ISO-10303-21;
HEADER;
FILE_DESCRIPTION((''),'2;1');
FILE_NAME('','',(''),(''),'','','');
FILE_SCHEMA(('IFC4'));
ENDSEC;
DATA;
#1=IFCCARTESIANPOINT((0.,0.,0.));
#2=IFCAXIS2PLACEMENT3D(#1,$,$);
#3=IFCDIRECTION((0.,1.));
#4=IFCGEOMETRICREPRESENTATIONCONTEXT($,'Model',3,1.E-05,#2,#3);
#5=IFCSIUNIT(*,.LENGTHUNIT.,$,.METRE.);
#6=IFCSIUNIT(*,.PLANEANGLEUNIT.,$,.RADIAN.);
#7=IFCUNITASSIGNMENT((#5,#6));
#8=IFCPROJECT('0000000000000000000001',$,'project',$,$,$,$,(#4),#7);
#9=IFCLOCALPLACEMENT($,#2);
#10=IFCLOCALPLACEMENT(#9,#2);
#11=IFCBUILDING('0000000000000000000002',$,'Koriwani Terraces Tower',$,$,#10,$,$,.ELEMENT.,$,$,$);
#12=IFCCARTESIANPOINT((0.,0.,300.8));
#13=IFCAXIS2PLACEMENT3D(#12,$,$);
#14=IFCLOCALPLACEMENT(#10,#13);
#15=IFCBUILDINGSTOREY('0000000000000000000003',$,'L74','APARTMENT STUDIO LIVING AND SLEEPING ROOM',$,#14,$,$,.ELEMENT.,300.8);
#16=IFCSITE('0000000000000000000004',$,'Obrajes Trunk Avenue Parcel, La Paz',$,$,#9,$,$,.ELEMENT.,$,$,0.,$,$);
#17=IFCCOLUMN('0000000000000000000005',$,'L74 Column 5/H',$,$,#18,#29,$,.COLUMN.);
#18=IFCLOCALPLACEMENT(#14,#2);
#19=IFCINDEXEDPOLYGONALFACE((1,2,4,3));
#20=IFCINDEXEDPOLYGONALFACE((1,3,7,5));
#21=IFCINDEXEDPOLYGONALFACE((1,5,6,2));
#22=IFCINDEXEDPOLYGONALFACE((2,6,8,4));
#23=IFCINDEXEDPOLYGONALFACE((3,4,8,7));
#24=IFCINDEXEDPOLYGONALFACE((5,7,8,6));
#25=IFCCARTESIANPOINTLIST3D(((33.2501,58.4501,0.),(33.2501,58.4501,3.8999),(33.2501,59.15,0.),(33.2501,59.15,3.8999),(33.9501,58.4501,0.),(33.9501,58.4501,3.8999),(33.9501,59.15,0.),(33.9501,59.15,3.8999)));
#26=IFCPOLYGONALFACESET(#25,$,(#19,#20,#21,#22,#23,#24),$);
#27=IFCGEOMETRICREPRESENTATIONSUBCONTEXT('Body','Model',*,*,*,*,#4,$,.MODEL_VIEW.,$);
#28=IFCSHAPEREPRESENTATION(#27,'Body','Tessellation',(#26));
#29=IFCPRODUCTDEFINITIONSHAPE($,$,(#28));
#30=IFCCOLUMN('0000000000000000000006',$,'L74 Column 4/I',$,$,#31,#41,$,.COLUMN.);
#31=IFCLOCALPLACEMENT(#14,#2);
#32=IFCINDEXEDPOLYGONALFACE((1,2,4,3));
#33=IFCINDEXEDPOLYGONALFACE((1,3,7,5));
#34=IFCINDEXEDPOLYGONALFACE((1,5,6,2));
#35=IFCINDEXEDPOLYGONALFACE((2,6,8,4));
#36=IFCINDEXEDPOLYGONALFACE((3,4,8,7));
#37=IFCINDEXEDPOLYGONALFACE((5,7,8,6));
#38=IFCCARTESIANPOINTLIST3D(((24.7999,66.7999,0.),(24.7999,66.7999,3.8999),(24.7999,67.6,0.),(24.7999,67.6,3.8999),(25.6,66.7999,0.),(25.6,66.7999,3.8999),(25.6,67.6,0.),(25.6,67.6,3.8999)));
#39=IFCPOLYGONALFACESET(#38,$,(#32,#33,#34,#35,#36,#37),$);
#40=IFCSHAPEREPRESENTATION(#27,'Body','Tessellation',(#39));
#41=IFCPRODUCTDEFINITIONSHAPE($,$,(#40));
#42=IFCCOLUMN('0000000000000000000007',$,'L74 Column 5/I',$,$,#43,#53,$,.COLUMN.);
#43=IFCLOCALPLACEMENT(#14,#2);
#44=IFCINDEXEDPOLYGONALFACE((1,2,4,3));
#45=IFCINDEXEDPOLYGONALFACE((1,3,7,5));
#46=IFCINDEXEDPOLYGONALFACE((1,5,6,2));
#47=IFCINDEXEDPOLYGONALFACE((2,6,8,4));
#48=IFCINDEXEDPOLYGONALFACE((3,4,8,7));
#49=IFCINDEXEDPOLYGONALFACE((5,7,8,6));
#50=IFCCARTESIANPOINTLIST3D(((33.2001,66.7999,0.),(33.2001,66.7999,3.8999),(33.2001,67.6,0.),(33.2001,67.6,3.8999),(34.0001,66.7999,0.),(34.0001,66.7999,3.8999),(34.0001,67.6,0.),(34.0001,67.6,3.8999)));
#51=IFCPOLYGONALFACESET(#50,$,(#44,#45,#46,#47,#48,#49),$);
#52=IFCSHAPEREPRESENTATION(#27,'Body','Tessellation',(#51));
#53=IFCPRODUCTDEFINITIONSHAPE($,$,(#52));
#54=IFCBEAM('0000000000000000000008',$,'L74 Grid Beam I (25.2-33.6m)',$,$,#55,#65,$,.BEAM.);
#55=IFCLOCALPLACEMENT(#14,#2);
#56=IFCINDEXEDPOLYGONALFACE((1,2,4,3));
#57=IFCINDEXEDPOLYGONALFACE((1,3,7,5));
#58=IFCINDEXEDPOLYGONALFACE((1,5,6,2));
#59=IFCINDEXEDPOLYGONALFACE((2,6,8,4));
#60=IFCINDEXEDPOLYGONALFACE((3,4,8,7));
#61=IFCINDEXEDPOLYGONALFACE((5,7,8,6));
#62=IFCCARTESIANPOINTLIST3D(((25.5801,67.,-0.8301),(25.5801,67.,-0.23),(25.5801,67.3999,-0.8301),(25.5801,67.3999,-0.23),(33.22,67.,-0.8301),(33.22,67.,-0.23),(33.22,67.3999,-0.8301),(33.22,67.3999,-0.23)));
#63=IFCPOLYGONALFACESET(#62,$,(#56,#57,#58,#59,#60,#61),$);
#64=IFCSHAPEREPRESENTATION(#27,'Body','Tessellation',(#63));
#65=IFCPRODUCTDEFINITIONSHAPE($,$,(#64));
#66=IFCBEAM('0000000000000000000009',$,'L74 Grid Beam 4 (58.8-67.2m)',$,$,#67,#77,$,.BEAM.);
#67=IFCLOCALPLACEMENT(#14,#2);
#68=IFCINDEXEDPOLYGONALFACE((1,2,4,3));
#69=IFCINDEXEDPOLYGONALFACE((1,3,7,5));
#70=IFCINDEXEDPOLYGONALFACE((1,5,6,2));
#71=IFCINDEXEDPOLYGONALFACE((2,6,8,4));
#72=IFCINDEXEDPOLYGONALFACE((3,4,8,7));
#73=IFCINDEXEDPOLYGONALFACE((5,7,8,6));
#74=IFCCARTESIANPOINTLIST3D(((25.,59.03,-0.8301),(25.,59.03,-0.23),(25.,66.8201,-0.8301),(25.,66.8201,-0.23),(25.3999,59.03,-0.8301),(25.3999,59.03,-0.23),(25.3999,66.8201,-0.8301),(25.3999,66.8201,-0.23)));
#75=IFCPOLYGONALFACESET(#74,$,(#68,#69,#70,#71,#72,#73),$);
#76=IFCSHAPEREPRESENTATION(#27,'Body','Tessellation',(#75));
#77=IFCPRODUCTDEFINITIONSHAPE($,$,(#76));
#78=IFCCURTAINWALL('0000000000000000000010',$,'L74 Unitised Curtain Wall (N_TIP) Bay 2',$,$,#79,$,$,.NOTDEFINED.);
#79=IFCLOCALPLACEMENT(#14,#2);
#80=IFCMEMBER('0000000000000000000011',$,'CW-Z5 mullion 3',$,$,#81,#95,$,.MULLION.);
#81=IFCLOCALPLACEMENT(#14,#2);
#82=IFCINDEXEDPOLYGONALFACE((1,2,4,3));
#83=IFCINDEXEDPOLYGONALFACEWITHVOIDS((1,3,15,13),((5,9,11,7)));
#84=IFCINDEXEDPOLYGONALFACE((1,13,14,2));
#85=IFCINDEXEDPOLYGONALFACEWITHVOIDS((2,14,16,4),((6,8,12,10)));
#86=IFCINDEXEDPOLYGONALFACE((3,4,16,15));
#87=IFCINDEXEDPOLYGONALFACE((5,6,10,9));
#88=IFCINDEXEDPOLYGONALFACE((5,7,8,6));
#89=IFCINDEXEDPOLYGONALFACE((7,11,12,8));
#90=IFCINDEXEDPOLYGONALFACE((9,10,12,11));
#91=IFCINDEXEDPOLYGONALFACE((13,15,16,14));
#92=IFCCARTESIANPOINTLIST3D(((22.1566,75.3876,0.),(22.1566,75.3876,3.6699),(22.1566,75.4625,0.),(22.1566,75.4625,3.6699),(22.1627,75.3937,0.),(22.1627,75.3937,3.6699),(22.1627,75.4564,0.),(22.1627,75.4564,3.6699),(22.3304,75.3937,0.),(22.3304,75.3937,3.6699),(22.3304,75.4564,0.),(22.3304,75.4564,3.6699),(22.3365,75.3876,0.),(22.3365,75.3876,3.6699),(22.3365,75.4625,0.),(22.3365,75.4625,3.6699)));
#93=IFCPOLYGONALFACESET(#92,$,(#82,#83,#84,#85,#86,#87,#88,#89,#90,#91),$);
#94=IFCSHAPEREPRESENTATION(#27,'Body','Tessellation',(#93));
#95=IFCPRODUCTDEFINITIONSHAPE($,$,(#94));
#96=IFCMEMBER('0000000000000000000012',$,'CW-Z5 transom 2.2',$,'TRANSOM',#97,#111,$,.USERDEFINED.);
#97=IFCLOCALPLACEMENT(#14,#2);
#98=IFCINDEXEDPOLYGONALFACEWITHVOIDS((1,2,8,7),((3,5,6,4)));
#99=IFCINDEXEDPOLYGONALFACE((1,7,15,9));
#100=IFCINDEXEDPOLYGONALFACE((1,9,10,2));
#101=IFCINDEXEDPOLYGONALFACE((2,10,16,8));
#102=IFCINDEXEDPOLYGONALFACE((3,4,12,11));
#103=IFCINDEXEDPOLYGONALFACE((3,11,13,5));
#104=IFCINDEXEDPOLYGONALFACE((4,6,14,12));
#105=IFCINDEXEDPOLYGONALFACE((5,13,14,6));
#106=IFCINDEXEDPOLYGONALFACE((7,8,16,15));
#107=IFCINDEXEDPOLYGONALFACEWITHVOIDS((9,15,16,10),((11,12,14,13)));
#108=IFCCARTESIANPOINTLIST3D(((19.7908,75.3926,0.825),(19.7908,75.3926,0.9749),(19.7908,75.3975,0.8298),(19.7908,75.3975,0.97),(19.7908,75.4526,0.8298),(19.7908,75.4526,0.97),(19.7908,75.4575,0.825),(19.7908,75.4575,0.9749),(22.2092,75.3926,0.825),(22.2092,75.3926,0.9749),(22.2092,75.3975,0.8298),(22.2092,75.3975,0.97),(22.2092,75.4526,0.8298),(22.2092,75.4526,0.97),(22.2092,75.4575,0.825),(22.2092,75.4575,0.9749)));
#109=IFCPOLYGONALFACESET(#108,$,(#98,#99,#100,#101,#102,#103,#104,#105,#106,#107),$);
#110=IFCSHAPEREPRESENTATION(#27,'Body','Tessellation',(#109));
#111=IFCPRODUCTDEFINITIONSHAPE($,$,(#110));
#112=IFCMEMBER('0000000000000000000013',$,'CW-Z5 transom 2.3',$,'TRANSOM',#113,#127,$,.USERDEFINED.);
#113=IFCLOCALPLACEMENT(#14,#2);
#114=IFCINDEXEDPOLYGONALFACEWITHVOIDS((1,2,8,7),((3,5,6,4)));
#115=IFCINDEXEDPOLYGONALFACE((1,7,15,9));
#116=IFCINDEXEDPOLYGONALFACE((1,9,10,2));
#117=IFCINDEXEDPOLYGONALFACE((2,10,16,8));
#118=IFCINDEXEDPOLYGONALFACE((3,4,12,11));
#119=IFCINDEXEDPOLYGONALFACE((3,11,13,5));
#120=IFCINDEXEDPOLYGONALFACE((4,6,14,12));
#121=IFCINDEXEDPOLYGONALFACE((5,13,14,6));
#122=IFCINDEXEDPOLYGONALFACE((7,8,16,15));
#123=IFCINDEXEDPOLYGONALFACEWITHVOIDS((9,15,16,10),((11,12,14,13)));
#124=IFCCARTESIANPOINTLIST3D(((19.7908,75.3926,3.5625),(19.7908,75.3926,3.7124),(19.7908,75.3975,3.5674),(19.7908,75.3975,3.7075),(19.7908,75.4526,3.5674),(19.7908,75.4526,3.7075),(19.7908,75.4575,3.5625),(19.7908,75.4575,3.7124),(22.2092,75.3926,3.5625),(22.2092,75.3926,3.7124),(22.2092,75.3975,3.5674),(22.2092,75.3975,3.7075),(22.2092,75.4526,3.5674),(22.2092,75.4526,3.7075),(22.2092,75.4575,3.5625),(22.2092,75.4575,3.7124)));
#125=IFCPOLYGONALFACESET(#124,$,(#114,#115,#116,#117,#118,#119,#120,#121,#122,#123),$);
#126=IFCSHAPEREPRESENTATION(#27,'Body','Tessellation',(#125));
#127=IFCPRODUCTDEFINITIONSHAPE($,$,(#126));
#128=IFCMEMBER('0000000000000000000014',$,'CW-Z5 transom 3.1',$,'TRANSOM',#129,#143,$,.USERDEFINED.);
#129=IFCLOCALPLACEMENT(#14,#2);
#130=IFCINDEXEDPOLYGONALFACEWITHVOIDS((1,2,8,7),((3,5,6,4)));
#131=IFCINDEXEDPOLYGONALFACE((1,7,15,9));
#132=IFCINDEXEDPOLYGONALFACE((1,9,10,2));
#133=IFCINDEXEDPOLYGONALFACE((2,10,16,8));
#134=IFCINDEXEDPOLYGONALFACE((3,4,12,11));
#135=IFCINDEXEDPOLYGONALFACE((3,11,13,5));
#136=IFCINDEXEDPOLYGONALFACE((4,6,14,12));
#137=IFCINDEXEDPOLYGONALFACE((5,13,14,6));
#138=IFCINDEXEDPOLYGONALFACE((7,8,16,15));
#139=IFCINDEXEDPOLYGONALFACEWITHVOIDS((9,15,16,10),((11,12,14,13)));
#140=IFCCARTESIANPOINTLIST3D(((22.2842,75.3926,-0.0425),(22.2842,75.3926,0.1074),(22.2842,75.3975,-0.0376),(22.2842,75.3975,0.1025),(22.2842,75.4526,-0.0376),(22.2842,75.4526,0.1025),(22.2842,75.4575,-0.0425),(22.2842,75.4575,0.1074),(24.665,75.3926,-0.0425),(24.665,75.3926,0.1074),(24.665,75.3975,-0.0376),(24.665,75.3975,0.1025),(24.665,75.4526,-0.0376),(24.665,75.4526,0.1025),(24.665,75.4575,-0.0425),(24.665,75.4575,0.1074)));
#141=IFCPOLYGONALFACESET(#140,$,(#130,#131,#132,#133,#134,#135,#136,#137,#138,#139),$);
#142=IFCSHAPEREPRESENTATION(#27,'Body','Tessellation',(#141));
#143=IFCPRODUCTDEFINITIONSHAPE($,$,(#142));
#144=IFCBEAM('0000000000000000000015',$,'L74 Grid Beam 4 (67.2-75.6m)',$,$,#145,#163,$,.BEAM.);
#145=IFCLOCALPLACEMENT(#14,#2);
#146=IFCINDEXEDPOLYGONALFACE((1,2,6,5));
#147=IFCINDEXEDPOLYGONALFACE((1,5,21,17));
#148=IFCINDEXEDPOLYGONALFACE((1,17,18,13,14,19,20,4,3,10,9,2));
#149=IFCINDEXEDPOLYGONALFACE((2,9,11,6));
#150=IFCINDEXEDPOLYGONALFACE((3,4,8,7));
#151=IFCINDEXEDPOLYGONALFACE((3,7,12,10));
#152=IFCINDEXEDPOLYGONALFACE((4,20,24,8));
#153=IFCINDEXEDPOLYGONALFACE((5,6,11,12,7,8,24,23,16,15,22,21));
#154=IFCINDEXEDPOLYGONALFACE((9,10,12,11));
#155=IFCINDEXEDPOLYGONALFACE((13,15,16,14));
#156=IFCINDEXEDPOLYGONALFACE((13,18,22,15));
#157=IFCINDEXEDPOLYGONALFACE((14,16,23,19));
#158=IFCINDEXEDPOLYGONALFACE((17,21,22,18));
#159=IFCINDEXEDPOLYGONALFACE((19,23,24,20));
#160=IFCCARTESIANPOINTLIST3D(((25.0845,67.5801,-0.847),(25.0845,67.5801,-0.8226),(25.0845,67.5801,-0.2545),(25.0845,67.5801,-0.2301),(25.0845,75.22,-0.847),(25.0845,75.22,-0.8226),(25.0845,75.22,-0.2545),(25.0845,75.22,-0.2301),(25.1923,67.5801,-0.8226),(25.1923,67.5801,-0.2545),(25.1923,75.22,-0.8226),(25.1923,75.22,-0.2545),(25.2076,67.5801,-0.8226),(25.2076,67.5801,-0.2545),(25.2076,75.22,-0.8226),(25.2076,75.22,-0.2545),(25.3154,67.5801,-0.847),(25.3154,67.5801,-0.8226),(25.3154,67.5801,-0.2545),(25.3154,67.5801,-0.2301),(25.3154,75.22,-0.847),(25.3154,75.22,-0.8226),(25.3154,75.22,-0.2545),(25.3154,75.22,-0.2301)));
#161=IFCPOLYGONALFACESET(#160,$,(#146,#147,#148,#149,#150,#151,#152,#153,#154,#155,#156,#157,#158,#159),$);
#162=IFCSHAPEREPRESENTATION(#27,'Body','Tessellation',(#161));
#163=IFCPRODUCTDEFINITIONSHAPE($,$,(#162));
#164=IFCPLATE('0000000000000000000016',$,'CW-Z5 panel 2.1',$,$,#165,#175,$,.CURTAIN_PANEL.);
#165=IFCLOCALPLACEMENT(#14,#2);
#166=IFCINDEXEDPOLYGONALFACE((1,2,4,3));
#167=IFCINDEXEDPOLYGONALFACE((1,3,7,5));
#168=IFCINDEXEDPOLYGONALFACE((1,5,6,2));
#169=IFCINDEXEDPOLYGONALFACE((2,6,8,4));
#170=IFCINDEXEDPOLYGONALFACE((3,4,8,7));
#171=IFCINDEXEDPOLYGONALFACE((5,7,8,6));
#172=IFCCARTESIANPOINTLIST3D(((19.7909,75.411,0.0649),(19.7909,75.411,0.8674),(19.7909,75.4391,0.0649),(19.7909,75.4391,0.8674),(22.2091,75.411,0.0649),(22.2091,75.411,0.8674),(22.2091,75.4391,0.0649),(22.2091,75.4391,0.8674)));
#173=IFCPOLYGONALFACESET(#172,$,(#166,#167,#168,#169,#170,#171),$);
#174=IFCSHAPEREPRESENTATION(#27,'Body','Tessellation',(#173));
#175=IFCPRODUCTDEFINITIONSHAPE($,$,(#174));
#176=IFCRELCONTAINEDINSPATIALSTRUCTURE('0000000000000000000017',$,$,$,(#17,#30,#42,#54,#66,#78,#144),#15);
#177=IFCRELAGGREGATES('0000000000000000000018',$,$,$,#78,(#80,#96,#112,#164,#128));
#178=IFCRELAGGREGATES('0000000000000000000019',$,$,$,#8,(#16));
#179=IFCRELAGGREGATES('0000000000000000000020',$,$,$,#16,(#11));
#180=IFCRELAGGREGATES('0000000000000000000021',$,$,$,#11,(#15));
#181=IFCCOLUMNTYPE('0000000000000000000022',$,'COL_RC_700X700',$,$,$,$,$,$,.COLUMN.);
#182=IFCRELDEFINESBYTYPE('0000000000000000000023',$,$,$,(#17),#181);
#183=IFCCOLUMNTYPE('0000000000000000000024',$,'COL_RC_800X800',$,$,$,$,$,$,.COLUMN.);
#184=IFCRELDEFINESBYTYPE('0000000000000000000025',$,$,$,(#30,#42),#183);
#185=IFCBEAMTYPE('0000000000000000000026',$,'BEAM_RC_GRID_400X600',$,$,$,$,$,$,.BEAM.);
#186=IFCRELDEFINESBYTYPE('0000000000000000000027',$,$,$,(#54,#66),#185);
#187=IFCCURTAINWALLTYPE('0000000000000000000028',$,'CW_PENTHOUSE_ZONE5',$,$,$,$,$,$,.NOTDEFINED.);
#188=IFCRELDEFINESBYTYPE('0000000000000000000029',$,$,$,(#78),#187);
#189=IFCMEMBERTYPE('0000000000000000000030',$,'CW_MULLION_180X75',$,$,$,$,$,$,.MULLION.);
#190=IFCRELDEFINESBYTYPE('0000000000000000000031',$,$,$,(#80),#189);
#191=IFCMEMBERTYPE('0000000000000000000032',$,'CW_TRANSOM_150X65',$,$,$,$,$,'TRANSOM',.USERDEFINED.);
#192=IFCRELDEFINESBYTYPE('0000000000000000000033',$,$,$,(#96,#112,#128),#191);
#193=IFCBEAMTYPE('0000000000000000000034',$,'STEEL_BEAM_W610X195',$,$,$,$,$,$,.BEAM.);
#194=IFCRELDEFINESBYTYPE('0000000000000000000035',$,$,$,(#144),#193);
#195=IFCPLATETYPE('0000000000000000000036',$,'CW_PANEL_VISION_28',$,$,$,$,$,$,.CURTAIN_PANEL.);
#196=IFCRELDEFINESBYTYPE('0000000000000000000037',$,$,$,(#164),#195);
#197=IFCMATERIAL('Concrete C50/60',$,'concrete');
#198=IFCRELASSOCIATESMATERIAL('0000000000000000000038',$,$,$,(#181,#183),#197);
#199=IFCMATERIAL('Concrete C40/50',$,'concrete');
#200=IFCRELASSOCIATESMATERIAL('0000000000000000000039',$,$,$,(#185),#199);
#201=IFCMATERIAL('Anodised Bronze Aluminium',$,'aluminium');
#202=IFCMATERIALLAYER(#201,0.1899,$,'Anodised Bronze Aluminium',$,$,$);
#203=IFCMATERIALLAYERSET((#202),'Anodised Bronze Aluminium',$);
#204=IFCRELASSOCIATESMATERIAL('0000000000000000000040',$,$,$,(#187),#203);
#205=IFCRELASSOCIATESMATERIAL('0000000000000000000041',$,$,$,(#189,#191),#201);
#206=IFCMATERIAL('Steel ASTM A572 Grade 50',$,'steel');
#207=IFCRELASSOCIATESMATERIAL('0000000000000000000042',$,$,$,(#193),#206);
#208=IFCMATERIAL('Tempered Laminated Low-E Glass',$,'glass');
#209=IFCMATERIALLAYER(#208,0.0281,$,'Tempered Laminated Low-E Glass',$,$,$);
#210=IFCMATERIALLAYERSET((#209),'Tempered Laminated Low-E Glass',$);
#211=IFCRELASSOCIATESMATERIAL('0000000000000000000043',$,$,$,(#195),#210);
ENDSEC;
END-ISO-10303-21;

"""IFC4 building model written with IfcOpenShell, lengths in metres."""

from ifc_helpers import new_model, si_unit, direction, frame, origin, origin_2d, place, context, subcontext, project, spatial, rectangle, hollow_rectangle, i_section, extrude, material, layer, layer_set, material_profile, profile_set, type_object, element, aggregate, save


model = new_model("IFC4")

# Units and contexts
model_context = context("Model", 3, precision=1e-05, world=origin(), true_north=direction((0.0, 1.0)))
body_context = subcontext(model_context, "Body", "Model", "MODEL_VIEW")
ifc_project = project(units=[si_unit("LENGTHUNIT", "METRE"), si_unit("PLANEANGLEUNIT", "RADIAN")], contexts=[model_context])

# Site, building, storey
site_placement = place(None, origin())
site = spatial("IfcSite", under=ifc_project, at=site_placement, Name="Obrajes Trunk Avenue Parcel, La Paz", CompositionType="ELEMENT", RefElevation=0.0)
building_placement = place(site_placement, origin())
building = spatial("IfcBuilding", under=site, at=building_placement, Name="Koriwani Terraces Tower", CompositionType="ELEMENT")
storey_placement = place(building_placement, frame((0.0, 0.0, 300.8)))
storey = spatial("IfcBuildingStorey", under=building, at=storey_placement, Name="L74", Description="APARTMENT STUDIO LIVING AND SLEEPING ROOM", CompositionType="ELEMENT", Elevation=300.8)

# Columns
ifc_material_1 = material(Name="Concrete C50/60", Category="concrete")
ifc_material_profile_1 = material_profile(ifc_material_1, rectangle(XDim=0.7, YDim=0.7, at=origin_2d()), Name="Concrete C50/60", Category="LoadBearing")
ifc_profile_set_1 = profile_set([ifc_material_profile_1], Name="Concrete C50/60")
column_type_1 = type_object("IfcColumnType", Name="COL_RC_700X700", PredefinedType="COLUMN", material=ifc_profile_set_1)
column_placement = place(storey_placement, frame((33.6001, 58.8, 0.0), z_axis=(0.0, 0.0, 1.0), x_axis=(1.0, 0.0, 0.0)))
element("IfcColumn", 1, at=column_placement, inside=storey, type_object=column_type_1, Name="L74 Column 5/H", PredefinedType="COLUMN", context=body_context, shape_type="SweptSolid", body=[
    extrude(rectangle(XDim=0.7, YDim=0.7, at=origin_2d()), origin(), (0.0, 0.0, 1.0), 3.8999),
])
ifc_material_profile_2 = material_profile(ifc_material_1, rectangle(XDim=0.8, YDim=0.8, at=origin_2d()), Name="Concrete C50/60", Category="LoadBearing")
ifc_profile_set_2 = profile_set([ifc_material_profile_2], Name="Concrete C50/60")
column_type_2 = type_object("IfcColumnType", Name="COL_RC_800X800", PredefinedType="COLUMN", material=ifc_profile_set_2)
for number, where, z_axis, x_axis, name in (
    (2, (25.2, 67.2, 0.0), (0.0, 0.0, 1.0), (1.0, 0.0, 0.0), "L74 Column 4/I"),
    (3, (33.6001, 67.2, 0.0), (0.0, 0.0, 1.0), (1.0, 0.0, 0.0), "L74 Column 5/I"),
):
    element("IfcColumn", number, at=place(storey_placement, frame(where, z_axis=z_axis, x_axis=x_axis)), inside=storey, type_object=column_type_2, Name=name, PredefinedType="COLUMN", context=body_context, shape_type="SweptSolid", body=[
        extrude(rectangle(XDim=0.8, YDim=0.8, at=origin_2d()), origin(), (0.0, 0.0, 1.0), 3.8999),
    ])

# Beams
ifc_material_2 = material(Name="Concrete C40/50", Category="concrete")
ifc_material_profile_3 = material_profile(ifc_material_2, rectangle(XDim=0.3999, YDim=0.6001, at=origin_2d()), Name="Concrete C40/50", Category="LoadBearing")
ifc_profile_set_3 = profile_set([ifc_material_profile_3], Name="Concrete C40/50")
beam_type_1 = type_object("IfcBeamType", Name="BEAM_RC_GRID_400X600", PredefinedType="BEAM", material=ifc_profile_set_3)
beam_1_placement = place(storey_placement, frame((25.5801, 67.2, -0.53), z_axis=(1.0, 0.0, 0.0), x_axis=(0.0, 1.0, 0.0)))
element("IfcBeam", 4, at=beam_1_placement, inside=storey, type_object=beam_type_1, Name="L74 Grid Beam I (25.2-33.6m)", PredefinedType="BEAM", context=body_context, shape_type="SweptSolid", body=[
    extrude(rectangle(XDim=0.3999, YDim=0.6001, at=origin_2d()), origin(), (0.0, 0.0, 1.0), 7.6399),
])
beam_2_placement = place(storey_placement, frame((25.2, 59.03, -0.53), z_axis=(0.0, 1.0, 0.0), x_axis=(-1.0, 0.0, 0.0)))
element("IfcBeam", 5, at=beam_2_placement, inside=storey, type_object=beam_type_1, Name="L74 Grid Beam 4 (58.8-67.2m)", PredefinedType="BEAM", context=body_context, shape_type="SweptSolid", body=[
    extrude(rectangle(XDim=0.3999, YDim=0.6001, at=origin_2d()), origin(), (0.0, 0.0, 1.0), 7.79),
])

# Curtain wall, members
ifc_material_3 = material(Name="Anodised Bronze Aluminium", Category="aluminium")
ifc_layer_1 = layer(ifc_material_3, 0.1899, Name="Anodised Bronze Aluminium")
ifc_layer_set_1 = layer_set([ifc_layer_1], Name="Anodised Bronze Aluminium")
curtain_wall_type = type_object("IfcCurtainWallType", Name="CW_PENTHOUSE_ZONE5", PredefinedType="NOTDEFINED", material=ifc_layer_set_1)
curtain_wall_placement = place(storey_placement, origin())
curtain_wall = element("IfcCurtainWall", 6, at=curtain_wall_placement, inside=storey, type_object=curtain_wall_type, Name="L74 Unitised Curtain Wall (N_TIP) Bay 2", PredefinedType="NOTDEFINED")
ifc_material_profile_4 = material_profile(ifc_material_3, hollow_rectangle(XDim=0.075, YDim=0.1799, WallThickness=0.0061, at=origin_2d()), Name="Anodised Bronze Aluminium", Category="LoadBearing")
ifc_profile_set_4 = profile_set([ifc_material_profile_4], Name="Anodised Bronze Aluminium")
member_type_1 = type_object("IfcMemberType", Name="CW_MULLION_180X75", PredefinedType="MULLION", material=ifc_profile_set_4)
member_1_placement = place(storey_placement, frame((22.2466, 75.425, 0.0), z_axis=(0.0, 0.0, 1.0), x_axis=(0.0, 1.0, 0.0)))
member_1 = element("IfcMember", 7, at=member_1_placement, type_object=member_type_1, Name="CW-Z5 mullion 3", PredefinedType="MULLION", context=body_context, shape_type="SweptSolid", body=[
    extrude(hollow_rectangle(XDim=0.075, YDim=0.1799, WallThickness=0.0061, at=origin_2d()), origin(), (0.0, 0.0, 1.0), 3.6699),
])
ifc_material_profile_5 = material_profile(ifc_material_3, hollow_rectangle(XDim=0.0649, YDim=0.1499, WallThickness=0.0049, at=origin_2d()), Name="Anodised Bronze Aluminium", Category="LoadBearing")
ifc_profile_set_5 = profile_set([ifc_material_profile_5], Name="Anodised Bronze Aluminium")
member_type_2 = type_object("IfcMemberType", Name="CW_TRANSOM_150X65", ElementType="TRANSOM", PredefinedType="USERDEFINED", material=ifc_profile_set_5)
member_2_placement = place(storey_placement, frame((19.7908, 75.425, 0.8999), z_axis=(1.0, 0.0, 0.0), x_axis=(0.0, 1.0, 0.0)))
member_2 = element("IfcMember", 8, at=member_2_placement, type_object=member_type_2, Name="CW-Z5 transom 2.2", ObjectType="TRANSOM", PredefinedType="USERDEFINED", context=body_context, shape_type="SweptSolid", body=[
    extrude(hollow_rectangle(XDim=0.0649, YDim=0.1499, WallThickness=0.0049, at=origin_2d()), origin(), (0.0, 0.0, 1.0), 2.4185),
])
member_3_placement = place(storey_placement, frame((19.7908, 75.425, 3.6375), z_axis=(1.0, 0.0, 0.0), x_axis=(0.0, 1.0, 0.0)))
member_3 = element("IfcMember", 9, at=member_3_placement, type_object=member_type_2, Name="CW-Z5 transom 2.3", ObjectType="TRANSOM", PredefinedType="USERDEFINED", context=body_context, shape_type="SweptSolid", body=[
    extrude(hollow_rectangle(XDim=0.0649, YDim=0.1499, WallThickness=0.0049, at=origin_2d()), origin(), (0.0, 0.0, 1.0), 2.4185),
])
member_4_placement = place(storey_placement, frame((22.2842, 75.425, 0.0325), z_axis=(1.0, 0.0, 0.0), x_axis=(0.0, 1.0, 0.0)))
member_4 = element("IfcMember", 10, at=member_4_placement, type_object=member_type_2, Name="CW-Z5 transom 3.1", ObjectType="TRANSOM", PredefinedType="USERDEFINED", context=body_context, shape_type="SweptSolid", body=[
    extrude(hollow_rectangle(XDim=0.0649, YDim=0.1499, WallThickness=0.0049, at=origin_2d()), origin(), (0.0, 0.0, 1.0), 2.3809),
])

# Beam
ifc_material_4 = material(Name="Steel ASTM A572 Grade 50", Category="steel")
ifc_material_profile_6 = material_profile(ifc_material_4, i_section(OverallWidth=0.231, OverallDepth=0.6169, WebThickness=0.0154, FlangeThickness=0.0244, at=origin_2d()), Name="Steel ASTM A572 Grade 50", Category="LoadBearing")
ifc_profile_set_6 = profile_set([ifc_material_profile_6], Name="Steel ASTM A572 Grade 50")
beam_type_2 = type_object("IfcBeamType", Name="STEEL_BEAM_W610X195", PredefinedType="BEAM", material=ifc_profile_set_6)
beam_3_placement = place(storey_placement, frame((25.2, 67.5801, -0.5386), z_axis=(0.0, 1.0, 0.0), x_axis=(-1.0, 0.0, 0.0)))
element("IfcBeam", 11, at=beam_3_placement, inside=storey, type_object=beam_type_2, Name="L74 Grid Beam 4 (67.2-75.6m)", PredefinedType="BEAM", context=body_context, shape_type="SweptSolid", body=[
    extrude(i_section(OverallWidth=0.231, OverallDepth=0.6169, WebThickness=0.0154, FlangeThickness=0.0244, at=origin_2d()), origin(), (0.0, 0.0, 1.0), 7.6399),
])

# Plate
ifc_material_5 = material(Name="Tempered Laminated Low-E Glass", Category="glass")
ifc_layer_2 = layer(ifc_material_5, 0.0281, Name="Tempered Laminated Low-E Glass")
ifc_layer_set_2 = layer_set([ifc_layer_2], Name="Tempered Laminated Low-E Glass")
plate_type = type_object("IfcPlateType", Name="CW_PANEL_VISION_28", PredefinedType="CURTAIN_PANEL", material=ifc_layer_set_2)
plate_1_placement = place(storey_placement, frame((21.0, 75.425, 0.0649), z_axis=(0.0, 0.0, 1.0), x_axis=(1.0, 0.0, 0.0)))
plate_1 = element("IfcPlate", 12, at=plate_1_placement, type_object=plate_type, Name="CW-Z5 panel 2.1", PredefinedType="CURTAIN_PANEL", context=body_context, shape_type="SweptSolid", body=[
    extrude(rectangle(XDim=2.4182, YDim=0.0281, at=origin_2d()), origin(), (0.0, 0.0, 1.0), 0.8025),
])
aggregate(curtain_wall, [member_1, member_2, member_3, plate_1, member_4])

save(model, "model.ifc")
